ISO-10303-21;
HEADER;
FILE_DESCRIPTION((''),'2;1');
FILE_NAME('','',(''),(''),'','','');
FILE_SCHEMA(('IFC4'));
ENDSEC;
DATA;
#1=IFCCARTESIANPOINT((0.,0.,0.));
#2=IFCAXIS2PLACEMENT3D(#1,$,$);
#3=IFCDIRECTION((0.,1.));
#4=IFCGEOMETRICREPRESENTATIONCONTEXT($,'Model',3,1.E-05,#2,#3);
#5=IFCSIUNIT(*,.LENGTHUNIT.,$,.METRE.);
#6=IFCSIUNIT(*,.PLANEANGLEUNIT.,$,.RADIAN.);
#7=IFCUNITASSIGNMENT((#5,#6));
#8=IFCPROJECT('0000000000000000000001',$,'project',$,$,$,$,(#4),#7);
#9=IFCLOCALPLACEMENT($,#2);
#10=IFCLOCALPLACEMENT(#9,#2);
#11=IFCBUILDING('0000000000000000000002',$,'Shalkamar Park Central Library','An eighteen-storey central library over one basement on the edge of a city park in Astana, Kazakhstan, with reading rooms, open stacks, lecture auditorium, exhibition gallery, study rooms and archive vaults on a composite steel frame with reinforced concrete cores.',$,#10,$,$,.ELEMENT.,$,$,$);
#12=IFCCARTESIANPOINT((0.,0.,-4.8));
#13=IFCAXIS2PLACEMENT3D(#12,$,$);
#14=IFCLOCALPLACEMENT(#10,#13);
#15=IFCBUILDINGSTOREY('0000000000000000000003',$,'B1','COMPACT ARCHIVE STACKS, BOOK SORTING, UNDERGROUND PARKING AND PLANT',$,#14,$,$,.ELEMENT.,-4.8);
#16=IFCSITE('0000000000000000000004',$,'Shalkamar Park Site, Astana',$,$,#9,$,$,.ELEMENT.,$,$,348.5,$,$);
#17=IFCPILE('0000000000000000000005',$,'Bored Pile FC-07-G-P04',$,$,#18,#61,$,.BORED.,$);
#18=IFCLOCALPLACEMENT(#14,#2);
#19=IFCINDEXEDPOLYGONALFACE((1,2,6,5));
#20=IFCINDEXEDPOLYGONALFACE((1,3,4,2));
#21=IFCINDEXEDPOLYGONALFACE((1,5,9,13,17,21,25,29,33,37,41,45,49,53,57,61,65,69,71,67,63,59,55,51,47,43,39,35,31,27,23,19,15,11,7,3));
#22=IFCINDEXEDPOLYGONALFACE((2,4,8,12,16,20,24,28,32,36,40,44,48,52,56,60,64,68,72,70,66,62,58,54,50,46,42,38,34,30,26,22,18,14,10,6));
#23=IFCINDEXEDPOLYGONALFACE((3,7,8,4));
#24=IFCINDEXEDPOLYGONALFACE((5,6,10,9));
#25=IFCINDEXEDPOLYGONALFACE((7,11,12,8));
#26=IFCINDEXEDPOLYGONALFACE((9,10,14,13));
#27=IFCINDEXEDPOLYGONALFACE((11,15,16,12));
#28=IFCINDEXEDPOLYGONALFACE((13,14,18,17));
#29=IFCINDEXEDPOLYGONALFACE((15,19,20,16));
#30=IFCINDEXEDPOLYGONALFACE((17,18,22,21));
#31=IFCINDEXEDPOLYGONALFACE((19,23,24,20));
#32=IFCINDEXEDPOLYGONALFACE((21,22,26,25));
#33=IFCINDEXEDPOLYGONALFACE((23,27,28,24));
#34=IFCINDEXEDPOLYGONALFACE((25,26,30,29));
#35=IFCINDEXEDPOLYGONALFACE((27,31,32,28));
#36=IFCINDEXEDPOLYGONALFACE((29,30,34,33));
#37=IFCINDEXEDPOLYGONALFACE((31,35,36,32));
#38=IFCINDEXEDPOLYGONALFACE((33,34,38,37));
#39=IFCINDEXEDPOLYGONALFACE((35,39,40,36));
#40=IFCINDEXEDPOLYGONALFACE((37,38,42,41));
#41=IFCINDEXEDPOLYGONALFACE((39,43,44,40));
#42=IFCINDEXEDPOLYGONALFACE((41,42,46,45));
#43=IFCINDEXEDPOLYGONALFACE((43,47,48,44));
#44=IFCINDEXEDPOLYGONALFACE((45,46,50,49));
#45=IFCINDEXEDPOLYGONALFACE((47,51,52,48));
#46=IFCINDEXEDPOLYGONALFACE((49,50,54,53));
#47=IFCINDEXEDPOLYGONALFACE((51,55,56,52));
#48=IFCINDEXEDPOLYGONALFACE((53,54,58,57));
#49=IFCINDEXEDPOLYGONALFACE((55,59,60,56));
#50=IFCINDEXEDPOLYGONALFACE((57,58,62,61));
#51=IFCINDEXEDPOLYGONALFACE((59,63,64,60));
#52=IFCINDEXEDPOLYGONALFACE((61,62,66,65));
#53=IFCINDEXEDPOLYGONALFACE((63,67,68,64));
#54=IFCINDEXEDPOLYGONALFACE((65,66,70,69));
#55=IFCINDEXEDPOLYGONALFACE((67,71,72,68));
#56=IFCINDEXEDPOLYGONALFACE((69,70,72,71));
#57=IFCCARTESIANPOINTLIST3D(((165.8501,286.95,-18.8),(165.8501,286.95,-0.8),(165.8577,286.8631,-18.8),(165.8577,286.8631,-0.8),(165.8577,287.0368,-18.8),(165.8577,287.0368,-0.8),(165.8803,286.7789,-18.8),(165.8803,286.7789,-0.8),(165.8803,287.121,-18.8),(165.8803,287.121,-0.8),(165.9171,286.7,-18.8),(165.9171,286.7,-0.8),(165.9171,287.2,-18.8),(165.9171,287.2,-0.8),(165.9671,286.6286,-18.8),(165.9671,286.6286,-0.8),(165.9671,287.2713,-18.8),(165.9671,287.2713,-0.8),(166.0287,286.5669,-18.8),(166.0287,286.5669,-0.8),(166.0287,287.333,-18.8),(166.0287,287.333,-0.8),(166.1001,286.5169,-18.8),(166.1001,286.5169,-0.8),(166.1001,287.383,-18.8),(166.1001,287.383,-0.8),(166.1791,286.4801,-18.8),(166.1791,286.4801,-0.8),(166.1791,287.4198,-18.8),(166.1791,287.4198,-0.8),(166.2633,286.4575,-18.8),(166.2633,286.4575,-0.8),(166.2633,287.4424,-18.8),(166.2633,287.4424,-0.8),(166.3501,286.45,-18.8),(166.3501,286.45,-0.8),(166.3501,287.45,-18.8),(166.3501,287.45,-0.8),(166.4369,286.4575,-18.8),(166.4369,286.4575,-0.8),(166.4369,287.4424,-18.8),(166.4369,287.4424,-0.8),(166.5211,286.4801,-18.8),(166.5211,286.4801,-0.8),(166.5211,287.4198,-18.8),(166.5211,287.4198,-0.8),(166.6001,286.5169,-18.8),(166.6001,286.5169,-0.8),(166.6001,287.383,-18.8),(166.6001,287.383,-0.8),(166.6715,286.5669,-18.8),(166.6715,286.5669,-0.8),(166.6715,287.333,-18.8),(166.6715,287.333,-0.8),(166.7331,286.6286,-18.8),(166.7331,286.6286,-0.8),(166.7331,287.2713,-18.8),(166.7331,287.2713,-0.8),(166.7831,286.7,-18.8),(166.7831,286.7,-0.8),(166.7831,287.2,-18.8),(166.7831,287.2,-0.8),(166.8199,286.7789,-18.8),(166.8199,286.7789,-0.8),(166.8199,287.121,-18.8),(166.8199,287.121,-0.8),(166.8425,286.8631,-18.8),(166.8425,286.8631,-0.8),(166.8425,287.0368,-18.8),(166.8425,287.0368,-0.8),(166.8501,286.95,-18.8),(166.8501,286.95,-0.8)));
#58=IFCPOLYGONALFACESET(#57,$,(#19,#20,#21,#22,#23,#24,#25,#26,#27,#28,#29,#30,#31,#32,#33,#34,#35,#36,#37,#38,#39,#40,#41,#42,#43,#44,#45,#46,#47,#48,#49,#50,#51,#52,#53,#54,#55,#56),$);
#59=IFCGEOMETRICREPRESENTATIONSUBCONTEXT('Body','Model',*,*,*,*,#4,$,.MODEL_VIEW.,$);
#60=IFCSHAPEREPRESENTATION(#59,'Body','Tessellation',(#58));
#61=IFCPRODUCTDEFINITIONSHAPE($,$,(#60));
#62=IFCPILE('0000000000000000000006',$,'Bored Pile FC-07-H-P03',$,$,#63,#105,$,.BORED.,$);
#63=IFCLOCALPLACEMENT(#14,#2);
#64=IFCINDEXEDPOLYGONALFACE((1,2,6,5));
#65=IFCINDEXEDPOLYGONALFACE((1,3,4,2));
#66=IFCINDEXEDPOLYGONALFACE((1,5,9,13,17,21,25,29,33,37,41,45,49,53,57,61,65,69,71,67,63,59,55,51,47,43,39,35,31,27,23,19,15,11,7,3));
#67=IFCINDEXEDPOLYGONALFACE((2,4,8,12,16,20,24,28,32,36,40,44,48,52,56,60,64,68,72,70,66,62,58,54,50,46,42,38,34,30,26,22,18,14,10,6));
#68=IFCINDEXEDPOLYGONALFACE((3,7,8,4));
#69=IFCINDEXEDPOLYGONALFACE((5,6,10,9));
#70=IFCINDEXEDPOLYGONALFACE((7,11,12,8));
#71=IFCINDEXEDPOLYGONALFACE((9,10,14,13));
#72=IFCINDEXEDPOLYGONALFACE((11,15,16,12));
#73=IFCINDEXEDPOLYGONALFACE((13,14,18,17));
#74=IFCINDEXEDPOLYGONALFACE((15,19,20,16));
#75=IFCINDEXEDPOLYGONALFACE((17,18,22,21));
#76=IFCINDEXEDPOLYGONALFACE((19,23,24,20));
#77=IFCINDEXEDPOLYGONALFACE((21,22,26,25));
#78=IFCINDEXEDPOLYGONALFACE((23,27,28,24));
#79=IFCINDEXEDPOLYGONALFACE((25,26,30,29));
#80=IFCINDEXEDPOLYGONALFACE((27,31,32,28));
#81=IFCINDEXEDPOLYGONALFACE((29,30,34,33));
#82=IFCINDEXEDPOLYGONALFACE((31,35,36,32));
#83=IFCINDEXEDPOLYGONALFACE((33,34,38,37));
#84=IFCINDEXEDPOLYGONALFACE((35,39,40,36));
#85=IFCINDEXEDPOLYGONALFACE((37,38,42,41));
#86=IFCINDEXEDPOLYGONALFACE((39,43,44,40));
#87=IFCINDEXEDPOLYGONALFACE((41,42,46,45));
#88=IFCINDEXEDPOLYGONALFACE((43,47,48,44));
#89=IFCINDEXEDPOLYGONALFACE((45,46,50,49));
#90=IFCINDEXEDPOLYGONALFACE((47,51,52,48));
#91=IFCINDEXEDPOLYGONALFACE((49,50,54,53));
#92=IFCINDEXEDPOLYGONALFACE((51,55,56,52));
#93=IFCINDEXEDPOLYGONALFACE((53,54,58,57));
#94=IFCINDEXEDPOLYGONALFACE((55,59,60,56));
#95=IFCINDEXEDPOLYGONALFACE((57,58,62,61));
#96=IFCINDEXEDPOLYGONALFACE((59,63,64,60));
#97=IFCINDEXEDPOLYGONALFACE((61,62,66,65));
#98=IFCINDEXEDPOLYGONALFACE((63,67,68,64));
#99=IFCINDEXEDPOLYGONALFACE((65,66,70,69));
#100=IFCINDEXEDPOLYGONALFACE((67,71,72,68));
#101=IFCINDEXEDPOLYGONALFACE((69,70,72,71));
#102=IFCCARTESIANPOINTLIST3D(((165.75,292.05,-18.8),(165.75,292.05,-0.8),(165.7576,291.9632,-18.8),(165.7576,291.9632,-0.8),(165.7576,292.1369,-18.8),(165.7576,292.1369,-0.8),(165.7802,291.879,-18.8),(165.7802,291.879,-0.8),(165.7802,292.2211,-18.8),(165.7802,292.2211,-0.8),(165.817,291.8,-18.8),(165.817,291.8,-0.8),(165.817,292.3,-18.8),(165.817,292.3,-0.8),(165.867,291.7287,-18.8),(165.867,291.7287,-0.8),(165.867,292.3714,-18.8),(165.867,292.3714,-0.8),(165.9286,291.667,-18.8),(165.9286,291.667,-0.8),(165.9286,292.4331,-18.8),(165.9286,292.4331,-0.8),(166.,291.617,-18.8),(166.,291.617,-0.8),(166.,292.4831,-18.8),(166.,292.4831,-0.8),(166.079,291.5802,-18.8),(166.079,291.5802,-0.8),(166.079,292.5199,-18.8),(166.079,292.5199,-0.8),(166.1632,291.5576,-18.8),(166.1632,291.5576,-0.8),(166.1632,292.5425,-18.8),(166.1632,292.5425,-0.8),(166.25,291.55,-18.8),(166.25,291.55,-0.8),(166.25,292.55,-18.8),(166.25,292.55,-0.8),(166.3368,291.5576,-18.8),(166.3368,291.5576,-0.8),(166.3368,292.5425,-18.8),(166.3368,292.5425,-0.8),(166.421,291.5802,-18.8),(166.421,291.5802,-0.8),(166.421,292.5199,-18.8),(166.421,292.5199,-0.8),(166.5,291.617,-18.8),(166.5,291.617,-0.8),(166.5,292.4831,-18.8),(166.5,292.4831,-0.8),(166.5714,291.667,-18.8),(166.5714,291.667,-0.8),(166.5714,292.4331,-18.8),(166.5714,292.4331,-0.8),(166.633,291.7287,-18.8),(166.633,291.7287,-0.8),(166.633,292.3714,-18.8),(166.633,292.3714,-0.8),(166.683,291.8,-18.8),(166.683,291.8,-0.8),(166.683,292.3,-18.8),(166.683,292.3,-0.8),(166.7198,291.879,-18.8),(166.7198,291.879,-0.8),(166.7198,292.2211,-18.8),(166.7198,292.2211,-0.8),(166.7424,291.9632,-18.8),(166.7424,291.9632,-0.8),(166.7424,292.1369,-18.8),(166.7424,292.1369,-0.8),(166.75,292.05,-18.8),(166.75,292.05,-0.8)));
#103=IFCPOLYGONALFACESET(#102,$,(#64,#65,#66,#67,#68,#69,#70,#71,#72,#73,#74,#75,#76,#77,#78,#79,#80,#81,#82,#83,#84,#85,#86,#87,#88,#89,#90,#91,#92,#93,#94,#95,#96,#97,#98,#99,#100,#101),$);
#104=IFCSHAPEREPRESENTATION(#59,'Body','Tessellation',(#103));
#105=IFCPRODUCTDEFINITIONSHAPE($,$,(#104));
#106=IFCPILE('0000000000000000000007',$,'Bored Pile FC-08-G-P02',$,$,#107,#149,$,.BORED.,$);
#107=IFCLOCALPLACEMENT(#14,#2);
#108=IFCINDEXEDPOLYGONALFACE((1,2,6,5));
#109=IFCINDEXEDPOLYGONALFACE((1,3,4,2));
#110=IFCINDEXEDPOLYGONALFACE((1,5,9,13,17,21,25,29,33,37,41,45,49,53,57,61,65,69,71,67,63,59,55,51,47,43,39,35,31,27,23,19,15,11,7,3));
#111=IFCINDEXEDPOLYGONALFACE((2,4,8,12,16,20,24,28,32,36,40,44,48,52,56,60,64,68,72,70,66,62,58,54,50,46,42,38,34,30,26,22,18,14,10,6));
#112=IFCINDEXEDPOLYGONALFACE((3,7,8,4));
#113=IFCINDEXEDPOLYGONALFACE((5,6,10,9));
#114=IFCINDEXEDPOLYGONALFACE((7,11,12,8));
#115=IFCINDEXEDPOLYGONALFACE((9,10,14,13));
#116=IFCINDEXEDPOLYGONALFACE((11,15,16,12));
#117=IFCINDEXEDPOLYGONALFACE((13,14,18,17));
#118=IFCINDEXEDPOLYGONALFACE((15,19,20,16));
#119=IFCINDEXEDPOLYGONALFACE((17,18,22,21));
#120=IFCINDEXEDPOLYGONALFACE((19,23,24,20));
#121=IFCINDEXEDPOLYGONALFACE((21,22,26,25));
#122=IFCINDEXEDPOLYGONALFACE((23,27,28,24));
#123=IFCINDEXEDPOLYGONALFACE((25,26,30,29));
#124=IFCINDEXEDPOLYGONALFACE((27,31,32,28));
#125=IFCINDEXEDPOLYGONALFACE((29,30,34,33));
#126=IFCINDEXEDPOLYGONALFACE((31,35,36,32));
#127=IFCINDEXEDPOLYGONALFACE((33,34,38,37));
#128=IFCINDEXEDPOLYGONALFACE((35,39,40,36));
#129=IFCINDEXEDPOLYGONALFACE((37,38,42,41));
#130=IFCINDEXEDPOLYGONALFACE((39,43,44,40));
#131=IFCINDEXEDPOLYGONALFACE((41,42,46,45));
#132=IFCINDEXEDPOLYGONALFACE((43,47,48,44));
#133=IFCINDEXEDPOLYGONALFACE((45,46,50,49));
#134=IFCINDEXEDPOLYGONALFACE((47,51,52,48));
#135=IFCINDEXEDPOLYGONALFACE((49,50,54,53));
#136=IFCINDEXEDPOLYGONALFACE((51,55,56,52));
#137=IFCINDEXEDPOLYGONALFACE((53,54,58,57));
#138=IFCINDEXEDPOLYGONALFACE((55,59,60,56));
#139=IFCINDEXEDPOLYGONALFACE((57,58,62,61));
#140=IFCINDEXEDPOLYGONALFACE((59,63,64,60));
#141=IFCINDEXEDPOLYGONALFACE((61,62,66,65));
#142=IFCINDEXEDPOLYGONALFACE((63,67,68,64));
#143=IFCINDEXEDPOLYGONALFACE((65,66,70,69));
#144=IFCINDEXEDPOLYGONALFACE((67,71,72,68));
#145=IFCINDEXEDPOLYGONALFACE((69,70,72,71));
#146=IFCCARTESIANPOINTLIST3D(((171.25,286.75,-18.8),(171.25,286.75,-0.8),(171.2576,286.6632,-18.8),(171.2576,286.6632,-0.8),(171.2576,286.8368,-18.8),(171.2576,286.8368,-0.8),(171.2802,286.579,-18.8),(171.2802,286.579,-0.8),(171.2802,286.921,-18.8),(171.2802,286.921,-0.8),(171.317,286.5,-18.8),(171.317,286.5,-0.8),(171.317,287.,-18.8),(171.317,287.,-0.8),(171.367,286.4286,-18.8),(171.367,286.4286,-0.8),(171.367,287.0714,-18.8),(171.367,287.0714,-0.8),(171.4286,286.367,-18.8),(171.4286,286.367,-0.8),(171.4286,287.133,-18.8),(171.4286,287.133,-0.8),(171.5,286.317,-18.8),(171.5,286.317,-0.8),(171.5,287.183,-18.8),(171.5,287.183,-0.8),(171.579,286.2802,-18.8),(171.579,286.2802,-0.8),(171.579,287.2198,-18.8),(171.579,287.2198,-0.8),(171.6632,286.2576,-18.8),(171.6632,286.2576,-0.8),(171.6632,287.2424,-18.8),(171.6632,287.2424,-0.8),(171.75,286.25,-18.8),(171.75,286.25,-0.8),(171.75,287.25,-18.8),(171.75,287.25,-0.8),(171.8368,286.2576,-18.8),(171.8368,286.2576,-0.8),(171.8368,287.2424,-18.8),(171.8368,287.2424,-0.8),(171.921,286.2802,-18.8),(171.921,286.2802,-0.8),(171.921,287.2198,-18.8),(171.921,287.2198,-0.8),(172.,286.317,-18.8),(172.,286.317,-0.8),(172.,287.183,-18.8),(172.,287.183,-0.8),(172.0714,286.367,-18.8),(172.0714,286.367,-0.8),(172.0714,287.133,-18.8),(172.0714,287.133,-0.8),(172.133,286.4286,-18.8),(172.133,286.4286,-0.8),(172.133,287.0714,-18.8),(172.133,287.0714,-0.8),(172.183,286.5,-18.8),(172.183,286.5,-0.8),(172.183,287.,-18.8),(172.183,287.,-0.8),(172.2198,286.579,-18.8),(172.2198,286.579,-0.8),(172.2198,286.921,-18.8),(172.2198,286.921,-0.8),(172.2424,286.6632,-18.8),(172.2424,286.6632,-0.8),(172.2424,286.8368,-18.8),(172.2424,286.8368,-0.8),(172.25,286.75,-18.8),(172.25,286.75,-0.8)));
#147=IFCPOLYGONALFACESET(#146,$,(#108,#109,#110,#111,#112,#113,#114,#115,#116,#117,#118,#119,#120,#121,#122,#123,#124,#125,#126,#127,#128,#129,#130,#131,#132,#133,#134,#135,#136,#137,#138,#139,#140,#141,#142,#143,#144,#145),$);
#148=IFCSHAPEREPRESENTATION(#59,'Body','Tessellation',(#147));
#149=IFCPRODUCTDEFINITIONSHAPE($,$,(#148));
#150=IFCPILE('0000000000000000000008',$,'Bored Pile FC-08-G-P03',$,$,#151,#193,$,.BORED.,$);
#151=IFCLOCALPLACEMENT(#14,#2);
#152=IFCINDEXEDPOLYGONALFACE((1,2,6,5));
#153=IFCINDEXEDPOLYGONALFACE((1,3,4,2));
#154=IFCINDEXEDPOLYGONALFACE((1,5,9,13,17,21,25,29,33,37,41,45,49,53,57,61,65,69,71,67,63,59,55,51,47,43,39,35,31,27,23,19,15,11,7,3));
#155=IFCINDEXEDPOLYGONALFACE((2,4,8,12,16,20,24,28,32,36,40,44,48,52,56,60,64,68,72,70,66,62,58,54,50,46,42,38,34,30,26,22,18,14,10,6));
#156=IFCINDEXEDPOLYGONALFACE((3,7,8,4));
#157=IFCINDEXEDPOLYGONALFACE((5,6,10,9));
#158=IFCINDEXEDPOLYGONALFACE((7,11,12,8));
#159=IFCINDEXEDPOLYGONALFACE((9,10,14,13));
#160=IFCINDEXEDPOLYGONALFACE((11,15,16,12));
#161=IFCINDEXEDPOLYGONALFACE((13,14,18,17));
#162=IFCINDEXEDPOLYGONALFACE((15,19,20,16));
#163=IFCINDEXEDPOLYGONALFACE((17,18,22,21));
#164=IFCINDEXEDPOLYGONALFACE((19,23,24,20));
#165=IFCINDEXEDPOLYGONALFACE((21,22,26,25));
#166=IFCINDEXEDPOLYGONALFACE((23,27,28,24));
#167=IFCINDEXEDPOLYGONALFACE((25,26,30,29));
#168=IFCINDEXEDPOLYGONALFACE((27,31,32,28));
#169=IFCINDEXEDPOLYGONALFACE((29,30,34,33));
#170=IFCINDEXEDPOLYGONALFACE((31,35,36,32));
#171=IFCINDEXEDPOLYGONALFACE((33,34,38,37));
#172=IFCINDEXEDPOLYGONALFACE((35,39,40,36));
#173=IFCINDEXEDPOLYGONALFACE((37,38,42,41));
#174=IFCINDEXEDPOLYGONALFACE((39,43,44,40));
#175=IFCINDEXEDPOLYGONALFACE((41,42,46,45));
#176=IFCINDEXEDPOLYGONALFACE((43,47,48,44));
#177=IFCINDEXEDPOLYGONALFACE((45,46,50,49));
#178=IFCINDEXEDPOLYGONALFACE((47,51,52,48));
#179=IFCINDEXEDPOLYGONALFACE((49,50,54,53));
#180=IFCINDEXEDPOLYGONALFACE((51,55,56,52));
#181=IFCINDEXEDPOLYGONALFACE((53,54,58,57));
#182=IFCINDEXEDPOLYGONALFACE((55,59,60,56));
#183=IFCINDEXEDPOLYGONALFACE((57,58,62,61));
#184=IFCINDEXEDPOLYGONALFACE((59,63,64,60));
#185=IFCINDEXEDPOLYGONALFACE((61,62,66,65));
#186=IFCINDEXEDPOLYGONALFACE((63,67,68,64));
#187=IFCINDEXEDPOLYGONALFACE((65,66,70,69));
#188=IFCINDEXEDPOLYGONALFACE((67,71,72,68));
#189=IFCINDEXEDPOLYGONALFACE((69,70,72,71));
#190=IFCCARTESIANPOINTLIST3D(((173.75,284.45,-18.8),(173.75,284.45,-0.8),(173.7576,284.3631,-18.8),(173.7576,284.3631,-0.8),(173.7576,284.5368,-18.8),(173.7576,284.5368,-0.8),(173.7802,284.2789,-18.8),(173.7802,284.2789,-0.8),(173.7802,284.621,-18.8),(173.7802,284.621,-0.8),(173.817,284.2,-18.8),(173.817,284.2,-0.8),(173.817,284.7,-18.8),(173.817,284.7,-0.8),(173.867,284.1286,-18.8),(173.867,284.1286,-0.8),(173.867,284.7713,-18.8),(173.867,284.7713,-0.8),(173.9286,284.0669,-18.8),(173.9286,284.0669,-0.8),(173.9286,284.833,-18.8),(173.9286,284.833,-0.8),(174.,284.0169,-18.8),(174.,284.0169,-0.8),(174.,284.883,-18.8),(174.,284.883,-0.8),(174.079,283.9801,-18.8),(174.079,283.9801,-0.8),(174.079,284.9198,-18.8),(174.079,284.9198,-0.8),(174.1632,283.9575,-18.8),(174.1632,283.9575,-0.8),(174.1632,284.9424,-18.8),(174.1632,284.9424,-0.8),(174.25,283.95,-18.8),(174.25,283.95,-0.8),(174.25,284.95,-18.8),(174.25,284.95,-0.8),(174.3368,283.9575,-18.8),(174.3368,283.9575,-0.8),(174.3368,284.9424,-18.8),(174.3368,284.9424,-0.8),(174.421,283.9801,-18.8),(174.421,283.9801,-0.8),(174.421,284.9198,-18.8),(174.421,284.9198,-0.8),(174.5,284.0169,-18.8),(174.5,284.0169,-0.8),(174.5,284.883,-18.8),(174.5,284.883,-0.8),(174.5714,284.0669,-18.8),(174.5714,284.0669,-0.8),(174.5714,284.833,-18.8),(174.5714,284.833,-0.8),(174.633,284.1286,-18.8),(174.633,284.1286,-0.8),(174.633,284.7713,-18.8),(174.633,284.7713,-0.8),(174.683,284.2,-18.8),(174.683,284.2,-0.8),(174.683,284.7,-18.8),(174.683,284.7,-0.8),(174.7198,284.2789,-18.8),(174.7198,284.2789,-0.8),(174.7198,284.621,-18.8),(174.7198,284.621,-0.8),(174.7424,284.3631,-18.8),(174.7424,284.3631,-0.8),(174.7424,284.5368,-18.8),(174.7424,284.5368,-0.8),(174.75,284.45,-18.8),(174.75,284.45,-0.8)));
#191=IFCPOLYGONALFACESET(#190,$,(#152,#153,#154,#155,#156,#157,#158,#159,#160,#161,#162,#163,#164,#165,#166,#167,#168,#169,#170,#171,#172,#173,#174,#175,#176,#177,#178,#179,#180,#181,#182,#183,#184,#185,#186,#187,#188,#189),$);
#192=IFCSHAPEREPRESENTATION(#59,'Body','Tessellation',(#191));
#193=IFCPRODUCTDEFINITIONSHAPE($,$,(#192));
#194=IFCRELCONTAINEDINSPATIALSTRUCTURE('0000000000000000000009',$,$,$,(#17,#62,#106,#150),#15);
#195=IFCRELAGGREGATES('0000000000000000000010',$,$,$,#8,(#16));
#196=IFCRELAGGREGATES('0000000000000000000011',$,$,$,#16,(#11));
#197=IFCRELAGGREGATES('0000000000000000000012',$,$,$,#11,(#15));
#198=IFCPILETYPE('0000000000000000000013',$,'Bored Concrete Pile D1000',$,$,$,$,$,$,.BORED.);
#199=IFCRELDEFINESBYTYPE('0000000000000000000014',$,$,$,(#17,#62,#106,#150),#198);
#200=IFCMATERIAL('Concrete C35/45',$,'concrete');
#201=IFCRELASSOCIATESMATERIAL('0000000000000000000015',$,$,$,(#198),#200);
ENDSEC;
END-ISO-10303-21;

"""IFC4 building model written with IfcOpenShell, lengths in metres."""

from ifc_helpers import new_model, si_unit, direction, frame, origin, origin_2d, place, context, subcontext, project, spatial, circle, extrude, material, material_profile, profile_set, type_object, element, save


model = new_model("IFC4")

# Units and contexts
model_context = context("Model", 3, precision=1e-05, world=origin(), true_north=direction((0.0, 1.0)))
body_context = subcontext(model_context, "Body", "Model", "MODEL_VIEW")
ifc_project = project(units=[si_unit("LENGTHUNIT", "METRE"), si_unit("PLANEANGLEUNIT", "RADIAN")], contexts=[model_context])

# Site, building, storey
site_placement = place(None, origin())
site = spatial("IfcSite", under=ifc_project, at=site_placement, Name="Shalkamar Park Site, Astana", CompositionType="ELEMENT", RefElevation=348.5)
building_placement = place(site_placement, origin())
building = spatial("IfcBuilding", under=site, at=building_placement, Name="Shalkamar Park Central Library", Description="An eighteen-storey central library over one basement on the edge of a city park in Astana, Kazakhstan, with reading rooms, open stacks, lecture auditorium, exhibition gallery, study rooms and archive vaults on a composite steel frame with reinforced concrete cores.", CompositionType="ELEMENT")
storey_placement = place(building_placement, frame((0.0, 0.0, -4.8)))
storey = spatial("IfcBuildingStorey", under=building, at=storey_placement, Name="B1", Description="COMPACT ARCHIVE STACKS, BOOK SORTING, UNDERGROUND PARKING AND PLANT", CompositionType="ELEMENT", Elevation=-4.8)

# Piles
ifc_material_1 = material(Name="Concrete C35/45", Category="concrete")
ifc_material_profile_1 = material_profile(ifc_material_1, circle(Radius=0.5, at=origin_2d()), Name="PILE D1000")
ifc_profile_set_1 = profile_set([ifc_material_profile_1], Name="Concrete C35/45")
pile_type_1 = type_object("IfcPileType", Name="Bored Concrete Pile D1000", PredefinedType="BORED", material=ifc_profile_set_1)
for number, where, z_axis, x_axis, name in (
    (1, (166.3501, 286.95, -0.8), (0.0, 0.0, -1.0), (1.0, 0.0, 0.0), "Bored Pile FC-07-G-P04"),
    (2, (166.25, 292.05, -0.8), (0.0, 0.0, -1.0), (1.0, 0.0, 0.0), "Bored Pile FC-07-H-P03"),
    (3, (171.75, 286.75, -0.8), (0.0, 0.0, -1.0), (1.0, 0.0, 0.0), "Bored Pile FC-08-G-P02"),
    (4, (174.25, 284.45, -0.8), (0.0, 0.0, -1.0), (1.0, 0.0, 0.0), "Bored Pile FC-08-G-P03"),
):
    element("IfcPile", number, at=place(storey_placement, frame(where, z_axis=z_axis, x_axis=x_axis)), inside=storey, type_object=pile_type_1, Name=name, PredefinedType="BORED", context=body_context, shape_type="SweptSolid", body=[
        extrude(circle(Radius=0.5, at=origin_2d()), origin(), (0.0, 0.0, 1.0), 18.0),
    ])

save(model, "model.ifc")
